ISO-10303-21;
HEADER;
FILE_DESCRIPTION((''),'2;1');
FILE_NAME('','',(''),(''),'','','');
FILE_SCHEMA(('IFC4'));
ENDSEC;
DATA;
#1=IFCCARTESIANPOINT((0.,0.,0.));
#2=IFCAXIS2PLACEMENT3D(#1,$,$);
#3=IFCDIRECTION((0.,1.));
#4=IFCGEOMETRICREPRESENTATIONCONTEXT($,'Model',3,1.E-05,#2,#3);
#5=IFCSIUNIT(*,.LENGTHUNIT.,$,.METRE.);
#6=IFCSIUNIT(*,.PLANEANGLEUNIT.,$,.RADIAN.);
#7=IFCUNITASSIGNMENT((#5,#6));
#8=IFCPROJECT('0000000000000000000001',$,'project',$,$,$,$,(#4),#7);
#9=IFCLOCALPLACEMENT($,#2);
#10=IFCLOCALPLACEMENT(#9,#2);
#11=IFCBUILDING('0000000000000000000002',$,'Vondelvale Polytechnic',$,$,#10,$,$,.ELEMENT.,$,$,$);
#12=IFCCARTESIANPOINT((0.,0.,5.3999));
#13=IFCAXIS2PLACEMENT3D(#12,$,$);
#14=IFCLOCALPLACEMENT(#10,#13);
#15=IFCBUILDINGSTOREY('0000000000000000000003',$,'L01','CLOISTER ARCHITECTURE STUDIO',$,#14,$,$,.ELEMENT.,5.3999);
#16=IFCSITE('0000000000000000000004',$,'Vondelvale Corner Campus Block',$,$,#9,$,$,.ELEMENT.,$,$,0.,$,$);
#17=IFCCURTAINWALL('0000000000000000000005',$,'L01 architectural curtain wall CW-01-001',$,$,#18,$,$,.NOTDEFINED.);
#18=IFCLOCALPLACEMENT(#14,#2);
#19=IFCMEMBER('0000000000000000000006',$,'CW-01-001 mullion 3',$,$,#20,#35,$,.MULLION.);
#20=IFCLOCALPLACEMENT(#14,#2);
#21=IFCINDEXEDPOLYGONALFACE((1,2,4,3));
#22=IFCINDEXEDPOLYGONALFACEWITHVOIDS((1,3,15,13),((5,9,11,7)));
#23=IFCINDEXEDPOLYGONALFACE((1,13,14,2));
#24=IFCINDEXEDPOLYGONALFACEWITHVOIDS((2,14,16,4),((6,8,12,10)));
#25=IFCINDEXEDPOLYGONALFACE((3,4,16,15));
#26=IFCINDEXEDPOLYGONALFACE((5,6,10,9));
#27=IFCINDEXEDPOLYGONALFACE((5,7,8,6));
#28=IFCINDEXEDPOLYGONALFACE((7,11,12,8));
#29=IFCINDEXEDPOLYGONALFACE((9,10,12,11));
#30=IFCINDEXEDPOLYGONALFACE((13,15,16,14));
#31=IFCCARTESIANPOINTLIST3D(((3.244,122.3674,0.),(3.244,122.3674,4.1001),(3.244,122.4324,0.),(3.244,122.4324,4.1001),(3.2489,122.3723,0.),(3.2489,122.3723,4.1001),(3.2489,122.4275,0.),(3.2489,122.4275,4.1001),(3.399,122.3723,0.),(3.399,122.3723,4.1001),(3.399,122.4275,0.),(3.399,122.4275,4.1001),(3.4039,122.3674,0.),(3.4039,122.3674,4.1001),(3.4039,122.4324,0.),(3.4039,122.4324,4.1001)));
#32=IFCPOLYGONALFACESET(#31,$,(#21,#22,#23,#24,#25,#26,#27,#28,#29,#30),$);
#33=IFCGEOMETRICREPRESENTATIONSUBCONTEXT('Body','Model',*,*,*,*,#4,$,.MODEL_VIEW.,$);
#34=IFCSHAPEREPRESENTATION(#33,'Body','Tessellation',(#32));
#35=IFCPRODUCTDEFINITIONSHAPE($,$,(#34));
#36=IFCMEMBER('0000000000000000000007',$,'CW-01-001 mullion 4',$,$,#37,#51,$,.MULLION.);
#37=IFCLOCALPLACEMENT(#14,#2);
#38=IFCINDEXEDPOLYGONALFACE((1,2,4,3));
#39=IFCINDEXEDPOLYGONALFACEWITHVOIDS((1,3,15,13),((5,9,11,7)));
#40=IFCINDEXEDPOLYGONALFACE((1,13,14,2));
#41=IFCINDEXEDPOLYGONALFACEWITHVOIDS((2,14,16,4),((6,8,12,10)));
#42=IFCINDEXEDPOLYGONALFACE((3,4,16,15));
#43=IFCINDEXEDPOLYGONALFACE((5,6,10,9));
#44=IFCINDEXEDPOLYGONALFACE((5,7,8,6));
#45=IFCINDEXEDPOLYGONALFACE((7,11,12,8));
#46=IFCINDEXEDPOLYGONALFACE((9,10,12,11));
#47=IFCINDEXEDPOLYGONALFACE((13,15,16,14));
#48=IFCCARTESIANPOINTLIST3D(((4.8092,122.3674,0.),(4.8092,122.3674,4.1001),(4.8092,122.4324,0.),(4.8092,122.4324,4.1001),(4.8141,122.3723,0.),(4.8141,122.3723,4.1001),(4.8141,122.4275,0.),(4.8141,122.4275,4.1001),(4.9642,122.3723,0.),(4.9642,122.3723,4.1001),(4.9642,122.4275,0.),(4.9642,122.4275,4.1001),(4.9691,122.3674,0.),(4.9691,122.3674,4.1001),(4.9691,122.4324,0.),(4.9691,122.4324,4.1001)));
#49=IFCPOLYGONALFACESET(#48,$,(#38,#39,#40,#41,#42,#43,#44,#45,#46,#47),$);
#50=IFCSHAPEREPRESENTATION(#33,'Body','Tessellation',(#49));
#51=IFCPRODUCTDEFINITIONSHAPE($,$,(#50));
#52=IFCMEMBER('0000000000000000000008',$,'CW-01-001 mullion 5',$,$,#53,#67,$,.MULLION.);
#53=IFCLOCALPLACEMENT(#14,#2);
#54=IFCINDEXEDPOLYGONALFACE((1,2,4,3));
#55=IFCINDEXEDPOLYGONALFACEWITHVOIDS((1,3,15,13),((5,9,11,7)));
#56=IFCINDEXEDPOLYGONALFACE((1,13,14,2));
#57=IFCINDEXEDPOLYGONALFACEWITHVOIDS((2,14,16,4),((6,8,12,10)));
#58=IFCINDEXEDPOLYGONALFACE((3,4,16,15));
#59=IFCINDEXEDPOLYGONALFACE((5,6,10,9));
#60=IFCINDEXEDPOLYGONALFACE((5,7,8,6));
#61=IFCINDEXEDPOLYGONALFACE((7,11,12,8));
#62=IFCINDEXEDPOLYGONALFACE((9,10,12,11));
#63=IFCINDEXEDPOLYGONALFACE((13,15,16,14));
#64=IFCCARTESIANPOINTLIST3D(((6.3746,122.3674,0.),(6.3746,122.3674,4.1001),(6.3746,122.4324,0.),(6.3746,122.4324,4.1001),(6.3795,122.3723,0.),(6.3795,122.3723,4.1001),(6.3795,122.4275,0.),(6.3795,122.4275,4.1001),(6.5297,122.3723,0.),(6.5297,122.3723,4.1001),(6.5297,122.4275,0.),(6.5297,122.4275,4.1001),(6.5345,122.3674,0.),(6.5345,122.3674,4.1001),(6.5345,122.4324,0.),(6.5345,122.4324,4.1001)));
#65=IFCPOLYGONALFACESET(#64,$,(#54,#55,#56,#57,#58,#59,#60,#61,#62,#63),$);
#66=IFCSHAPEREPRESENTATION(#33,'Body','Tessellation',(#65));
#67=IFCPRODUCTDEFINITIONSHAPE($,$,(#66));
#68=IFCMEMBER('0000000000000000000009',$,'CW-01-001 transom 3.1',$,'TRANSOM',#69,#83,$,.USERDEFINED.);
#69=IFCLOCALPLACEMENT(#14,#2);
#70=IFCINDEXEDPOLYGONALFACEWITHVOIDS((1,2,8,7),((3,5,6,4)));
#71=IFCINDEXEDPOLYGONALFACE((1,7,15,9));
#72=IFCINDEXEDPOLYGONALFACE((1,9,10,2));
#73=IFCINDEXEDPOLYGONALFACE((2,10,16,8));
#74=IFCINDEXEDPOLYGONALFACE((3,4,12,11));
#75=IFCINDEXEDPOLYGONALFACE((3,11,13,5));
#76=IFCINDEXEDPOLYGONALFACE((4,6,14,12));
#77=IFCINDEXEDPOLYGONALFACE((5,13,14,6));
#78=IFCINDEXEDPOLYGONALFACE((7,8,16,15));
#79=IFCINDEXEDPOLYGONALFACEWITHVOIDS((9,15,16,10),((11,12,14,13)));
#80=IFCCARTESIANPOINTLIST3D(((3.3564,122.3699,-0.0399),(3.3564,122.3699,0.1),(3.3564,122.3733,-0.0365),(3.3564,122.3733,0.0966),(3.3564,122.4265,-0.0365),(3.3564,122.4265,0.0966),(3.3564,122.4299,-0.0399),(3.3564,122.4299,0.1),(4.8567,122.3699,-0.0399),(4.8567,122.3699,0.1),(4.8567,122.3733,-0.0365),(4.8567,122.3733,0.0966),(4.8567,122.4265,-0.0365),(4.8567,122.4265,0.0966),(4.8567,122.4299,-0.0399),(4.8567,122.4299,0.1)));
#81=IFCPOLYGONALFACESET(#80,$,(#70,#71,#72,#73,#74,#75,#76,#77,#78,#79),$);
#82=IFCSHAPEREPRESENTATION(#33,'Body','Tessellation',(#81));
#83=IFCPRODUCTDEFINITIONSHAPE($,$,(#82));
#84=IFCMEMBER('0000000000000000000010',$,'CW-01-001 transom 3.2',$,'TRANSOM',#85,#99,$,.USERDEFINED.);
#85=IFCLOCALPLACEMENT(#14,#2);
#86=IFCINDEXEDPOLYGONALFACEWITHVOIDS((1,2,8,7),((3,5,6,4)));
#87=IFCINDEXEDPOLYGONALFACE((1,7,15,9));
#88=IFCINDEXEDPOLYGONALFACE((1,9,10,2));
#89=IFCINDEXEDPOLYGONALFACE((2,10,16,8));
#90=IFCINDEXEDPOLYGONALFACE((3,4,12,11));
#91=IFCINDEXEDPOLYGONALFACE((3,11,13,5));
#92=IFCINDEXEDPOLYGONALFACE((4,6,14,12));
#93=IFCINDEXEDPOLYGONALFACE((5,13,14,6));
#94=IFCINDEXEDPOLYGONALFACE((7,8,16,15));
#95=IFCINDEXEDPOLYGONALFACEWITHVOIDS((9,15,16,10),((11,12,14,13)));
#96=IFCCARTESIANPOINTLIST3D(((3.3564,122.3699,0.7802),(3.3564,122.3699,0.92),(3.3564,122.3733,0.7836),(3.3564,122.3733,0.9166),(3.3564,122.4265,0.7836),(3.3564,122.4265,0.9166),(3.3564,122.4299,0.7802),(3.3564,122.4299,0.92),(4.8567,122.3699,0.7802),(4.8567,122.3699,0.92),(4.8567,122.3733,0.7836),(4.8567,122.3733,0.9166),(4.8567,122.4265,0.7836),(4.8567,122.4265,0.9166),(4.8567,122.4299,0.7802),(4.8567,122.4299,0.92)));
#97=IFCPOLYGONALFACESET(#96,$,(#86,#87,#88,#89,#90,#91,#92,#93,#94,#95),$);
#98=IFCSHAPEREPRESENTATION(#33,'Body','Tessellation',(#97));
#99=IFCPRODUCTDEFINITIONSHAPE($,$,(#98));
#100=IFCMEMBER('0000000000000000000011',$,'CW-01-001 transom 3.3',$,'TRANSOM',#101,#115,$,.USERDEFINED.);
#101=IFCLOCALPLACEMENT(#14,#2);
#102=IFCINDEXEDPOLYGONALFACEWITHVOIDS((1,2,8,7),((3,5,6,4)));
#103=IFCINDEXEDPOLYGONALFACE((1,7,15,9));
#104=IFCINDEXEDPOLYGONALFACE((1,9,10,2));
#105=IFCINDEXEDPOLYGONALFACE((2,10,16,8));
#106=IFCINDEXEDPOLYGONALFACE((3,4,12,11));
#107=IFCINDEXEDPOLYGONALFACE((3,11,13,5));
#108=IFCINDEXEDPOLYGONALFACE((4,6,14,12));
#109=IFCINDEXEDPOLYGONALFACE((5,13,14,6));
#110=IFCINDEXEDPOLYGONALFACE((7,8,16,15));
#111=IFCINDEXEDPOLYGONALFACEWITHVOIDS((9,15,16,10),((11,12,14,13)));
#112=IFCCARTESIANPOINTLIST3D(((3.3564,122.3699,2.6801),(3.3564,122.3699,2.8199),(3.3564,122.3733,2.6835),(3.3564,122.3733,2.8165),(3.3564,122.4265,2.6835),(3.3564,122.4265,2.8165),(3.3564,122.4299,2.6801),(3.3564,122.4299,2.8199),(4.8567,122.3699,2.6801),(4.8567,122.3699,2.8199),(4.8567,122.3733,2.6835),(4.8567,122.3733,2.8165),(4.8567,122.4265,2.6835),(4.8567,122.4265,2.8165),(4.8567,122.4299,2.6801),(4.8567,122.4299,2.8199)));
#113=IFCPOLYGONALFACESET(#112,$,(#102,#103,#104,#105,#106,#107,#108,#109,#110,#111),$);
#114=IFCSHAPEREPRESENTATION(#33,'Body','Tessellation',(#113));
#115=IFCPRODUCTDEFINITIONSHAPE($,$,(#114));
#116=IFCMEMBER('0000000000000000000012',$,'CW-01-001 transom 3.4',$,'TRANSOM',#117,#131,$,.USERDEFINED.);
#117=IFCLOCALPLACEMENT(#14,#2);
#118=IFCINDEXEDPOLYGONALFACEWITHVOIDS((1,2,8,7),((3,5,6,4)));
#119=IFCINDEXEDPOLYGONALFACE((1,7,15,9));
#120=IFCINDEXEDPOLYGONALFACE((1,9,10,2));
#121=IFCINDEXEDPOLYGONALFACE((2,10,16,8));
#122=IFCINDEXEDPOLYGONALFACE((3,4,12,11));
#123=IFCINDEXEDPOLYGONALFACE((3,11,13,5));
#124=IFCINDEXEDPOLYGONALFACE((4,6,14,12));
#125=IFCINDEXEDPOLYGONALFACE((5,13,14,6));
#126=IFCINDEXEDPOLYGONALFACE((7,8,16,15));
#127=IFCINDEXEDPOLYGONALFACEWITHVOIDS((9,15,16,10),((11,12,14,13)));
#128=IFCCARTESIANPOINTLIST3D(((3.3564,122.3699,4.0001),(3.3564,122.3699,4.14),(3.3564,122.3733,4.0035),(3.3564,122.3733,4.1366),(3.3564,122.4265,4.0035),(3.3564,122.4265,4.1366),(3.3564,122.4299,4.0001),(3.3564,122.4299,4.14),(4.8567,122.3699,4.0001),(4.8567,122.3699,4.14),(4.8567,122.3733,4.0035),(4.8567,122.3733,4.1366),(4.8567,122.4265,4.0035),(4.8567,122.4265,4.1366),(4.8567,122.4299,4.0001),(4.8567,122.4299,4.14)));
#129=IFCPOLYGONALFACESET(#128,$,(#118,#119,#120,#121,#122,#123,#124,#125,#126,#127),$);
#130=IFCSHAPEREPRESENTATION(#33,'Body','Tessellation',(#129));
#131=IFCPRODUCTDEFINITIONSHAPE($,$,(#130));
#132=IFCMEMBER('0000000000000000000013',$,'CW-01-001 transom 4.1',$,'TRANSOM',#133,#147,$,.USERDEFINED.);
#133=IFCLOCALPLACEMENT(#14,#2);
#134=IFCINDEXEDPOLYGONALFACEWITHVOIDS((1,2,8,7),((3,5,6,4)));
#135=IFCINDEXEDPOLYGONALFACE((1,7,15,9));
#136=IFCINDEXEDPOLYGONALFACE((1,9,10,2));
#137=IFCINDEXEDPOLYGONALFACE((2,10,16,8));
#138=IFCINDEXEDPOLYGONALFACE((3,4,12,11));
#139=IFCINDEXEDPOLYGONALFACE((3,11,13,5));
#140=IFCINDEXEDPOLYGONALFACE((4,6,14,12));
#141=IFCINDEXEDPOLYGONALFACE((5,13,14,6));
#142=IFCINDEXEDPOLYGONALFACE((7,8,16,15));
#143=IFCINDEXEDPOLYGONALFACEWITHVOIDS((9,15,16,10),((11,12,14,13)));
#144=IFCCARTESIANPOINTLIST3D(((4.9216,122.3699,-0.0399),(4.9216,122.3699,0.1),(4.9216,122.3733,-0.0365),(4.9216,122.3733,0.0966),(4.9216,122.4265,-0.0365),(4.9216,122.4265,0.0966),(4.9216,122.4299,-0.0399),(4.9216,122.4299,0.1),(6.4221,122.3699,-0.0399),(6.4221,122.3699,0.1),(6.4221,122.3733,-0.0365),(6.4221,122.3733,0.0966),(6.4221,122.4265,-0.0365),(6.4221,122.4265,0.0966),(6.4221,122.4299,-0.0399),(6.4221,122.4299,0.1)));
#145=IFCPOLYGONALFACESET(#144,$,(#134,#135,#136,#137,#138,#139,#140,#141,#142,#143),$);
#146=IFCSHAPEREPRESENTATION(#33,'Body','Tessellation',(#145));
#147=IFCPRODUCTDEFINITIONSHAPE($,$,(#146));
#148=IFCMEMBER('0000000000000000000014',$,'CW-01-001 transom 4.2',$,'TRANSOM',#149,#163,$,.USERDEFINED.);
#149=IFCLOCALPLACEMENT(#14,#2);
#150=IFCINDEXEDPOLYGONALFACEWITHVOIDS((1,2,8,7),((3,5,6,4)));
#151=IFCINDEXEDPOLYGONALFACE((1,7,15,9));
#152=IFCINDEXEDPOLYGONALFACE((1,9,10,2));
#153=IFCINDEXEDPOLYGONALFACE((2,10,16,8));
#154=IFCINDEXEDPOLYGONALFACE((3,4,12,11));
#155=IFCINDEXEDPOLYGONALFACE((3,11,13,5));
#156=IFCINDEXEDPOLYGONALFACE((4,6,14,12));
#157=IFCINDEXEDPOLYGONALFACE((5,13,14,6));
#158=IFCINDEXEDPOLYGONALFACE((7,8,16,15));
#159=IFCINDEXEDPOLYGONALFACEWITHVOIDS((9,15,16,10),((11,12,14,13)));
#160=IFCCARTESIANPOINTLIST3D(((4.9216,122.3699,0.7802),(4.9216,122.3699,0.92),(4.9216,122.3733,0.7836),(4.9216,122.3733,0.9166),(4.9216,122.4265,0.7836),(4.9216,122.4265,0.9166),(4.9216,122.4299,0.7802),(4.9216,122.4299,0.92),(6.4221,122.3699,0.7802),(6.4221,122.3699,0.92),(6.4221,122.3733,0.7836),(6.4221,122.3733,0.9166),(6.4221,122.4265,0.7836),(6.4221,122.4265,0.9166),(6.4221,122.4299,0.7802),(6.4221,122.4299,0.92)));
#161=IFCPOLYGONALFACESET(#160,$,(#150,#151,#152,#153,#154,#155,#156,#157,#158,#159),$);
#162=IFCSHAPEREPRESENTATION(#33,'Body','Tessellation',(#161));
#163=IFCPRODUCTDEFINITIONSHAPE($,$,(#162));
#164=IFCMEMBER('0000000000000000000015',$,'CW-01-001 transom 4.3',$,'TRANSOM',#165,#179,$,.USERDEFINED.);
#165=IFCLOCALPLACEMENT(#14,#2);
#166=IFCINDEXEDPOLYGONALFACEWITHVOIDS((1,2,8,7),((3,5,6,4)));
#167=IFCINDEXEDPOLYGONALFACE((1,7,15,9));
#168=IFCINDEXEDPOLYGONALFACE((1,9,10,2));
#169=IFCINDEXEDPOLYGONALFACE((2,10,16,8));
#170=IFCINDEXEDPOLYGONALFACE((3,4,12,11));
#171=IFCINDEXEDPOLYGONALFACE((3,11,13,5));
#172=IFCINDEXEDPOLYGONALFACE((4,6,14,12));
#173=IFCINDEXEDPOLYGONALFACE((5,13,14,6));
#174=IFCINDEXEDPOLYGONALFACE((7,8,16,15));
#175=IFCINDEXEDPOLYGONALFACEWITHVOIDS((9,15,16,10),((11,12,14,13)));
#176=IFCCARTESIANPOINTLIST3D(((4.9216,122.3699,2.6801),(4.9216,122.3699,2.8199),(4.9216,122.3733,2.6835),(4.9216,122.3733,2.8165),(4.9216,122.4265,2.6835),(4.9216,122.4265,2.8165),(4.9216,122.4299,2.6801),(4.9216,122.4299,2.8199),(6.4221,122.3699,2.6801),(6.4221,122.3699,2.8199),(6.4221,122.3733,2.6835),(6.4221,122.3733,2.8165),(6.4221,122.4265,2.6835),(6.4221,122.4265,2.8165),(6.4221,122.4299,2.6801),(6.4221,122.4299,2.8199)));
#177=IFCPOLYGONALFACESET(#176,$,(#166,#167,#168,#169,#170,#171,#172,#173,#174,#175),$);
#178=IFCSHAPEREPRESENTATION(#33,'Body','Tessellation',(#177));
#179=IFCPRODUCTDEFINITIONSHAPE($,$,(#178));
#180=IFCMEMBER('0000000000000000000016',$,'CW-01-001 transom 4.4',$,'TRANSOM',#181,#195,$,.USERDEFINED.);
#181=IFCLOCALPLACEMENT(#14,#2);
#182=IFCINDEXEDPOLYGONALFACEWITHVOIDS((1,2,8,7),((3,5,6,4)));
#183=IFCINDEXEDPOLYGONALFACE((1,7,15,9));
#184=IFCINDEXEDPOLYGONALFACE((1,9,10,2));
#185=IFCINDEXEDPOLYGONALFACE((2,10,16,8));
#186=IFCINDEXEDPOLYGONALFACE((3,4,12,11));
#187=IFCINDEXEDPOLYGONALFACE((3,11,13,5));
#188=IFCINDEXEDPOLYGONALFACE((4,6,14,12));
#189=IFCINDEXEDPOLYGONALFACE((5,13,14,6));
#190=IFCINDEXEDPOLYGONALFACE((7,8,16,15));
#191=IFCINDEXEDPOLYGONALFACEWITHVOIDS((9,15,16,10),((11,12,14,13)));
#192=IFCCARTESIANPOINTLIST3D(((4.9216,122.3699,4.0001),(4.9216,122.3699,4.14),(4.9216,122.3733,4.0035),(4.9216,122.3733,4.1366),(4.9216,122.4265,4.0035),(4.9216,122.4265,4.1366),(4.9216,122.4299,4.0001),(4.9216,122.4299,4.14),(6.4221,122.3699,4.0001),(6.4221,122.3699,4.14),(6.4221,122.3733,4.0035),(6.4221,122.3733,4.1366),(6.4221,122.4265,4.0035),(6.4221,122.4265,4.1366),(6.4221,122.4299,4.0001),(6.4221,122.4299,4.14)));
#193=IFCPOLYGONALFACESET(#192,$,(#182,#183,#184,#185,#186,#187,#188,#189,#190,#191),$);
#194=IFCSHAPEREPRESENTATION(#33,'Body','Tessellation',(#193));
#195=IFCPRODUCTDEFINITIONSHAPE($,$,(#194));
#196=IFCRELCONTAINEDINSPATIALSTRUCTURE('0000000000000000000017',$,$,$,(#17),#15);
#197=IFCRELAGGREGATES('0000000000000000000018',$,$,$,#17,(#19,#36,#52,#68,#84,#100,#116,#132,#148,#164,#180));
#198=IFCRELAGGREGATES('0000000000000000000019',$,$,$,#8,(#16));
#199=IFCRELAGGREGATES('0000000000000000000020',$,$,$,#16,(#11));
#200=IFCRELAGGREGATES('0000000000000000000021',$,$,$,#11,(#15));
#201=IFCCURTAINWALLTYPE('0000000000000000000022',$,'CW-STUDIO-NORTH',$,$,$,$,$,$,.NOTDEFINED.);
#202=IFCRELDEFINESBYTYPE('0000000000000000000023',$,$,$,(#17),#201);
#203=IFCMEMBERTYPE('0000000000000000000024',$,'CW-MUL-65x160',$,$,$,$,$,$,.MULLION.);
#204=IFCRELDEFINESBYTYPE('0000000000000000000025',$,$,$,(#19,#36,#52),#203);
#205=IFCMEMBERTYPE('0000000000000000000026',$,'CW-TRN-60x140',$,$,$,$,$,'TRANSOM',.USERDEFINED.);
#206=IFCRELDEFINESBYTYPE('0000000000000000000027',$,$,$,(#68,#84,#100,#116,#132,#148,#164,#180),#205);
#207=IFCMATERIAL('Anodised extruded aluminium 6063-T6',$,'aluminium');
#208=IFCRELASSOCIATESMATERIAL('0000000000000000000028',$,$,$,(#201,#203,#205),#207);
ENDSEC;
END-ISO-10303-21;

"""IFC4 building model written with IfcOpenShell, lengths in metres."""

from ifc_helpers import new_model, si_unit, direction, frame, origin, origin_2d, place, context, subcontext, project, spatial, hollow_rectangle, extrude, material, material_profile, profile_set, type_object, element, aggregate, save


model = new_model("IFC4")

# Units and contexts
model_context = context("Model", 3, precision=1e-05, world=origin(), true_north=direction((0.0, 1.0)))
body_context = subcontext(model_context, "Body", "Model", "MODEL_VIEW")
ifc_project = project(units=[si_unit("LENGTHUNIT", "METRE"), si_unit("PLANEANGLEUNIT", "RADIAN")], contexts=[model_context])

# Site, building, storey
site_placement = place(None, origin())
site = spatial("IfcSite", under=ifc_project, at=site_placement, Name="Vondelvale Corner Campus Block", CompositionType="ELEMENT", RefElevation=0.0)
building_placement = place(site_placement, origin())
building = spatial("IfcBuilding", under=site, at=building_placement, Name="Vondelvale Polytechnic", CompositionType="ELEMENT")
storey_placement = place(building_placement, frame((0.0, 0.0, 5.3999)))
storey = spatial("IfcBuildingStorey", under=building, at=storey_placement, Name="L01", Description="CLOISTER ARCHITECTURE STUDIO", CompositionType="ELEMENT", Elevation=5.3999)

# Curtain wall, members
ifc_material_1 = material(Name="Anodised extruded aluminium 6063-T6", Category="aluminium")
curtain_wall_type = type_object("IfcCurtainWallType", Name="CW-STUDIO-NORTH", PredefinedType="NOTDEFINED", material=ifc_material_1)
curtain_wall_placement = place(storey_placement, origin())
curtain_wall = element("IfcCurtainWall", 1, at=curtain_wall_placement, inside=storey, type_object=curtain_wall_type, Name="L01 architectural curtain wall CW-01-001", PredefinedType="NOTDEFINED")
ifc_material_profile_1 = material_profile(ifc_material_1, hollow_rectangle(XDim=0.0649, YDim=0.1599, WallThickness=0.0049, at=origin_2d()), Name="CW-MUL-160x65")
ifc_profile_set_1 = profile_set([ifc_material_profile_1], Name="Anodised extruded aluminium 6063-T6")
member_type_1 = type_object("IfcMemberType", Name="CW-MUL-65x160", PredefinedType="MULLION", material=ifc_profile_set_1)
member_1_placement = place(storey_placement, frame((3.324, 122.3999, 0.0), z_axis=(0.0, 0.0, 1.0), x_axis=(0.0, 1.0, 0.0)))
member_1 = element("IfcMember", 2, at=member_1_placement, type_object=member_type_1, Name="CW-01-001 mullion 3", PredefinedType="MULLION", context=body_context, shape_type="SweptSolid", body=[
    extrude(hollow_rectangle(XDim=0.0649, YDim=0.1599, WallThickness=0.0049, at=origin_2d()), origin(), (0.0, 0.0, 1.0), 4.1001),
])
member_2_placement = place(storey_placement, frame((4.8892, 122.3999, 0.0), z_axis=(0.0, 0.0, 1.0), x_axis=(0.0, 1.0, 0.0)))
member_2 = element("IfcMember", 3, at=member_2_placement, type_object=member_type_1, Name="CW-01-001 mullion 4", PredefinedType="MULLION", context=body_context, shape_type="SweptSolid", body=[
    extrude(hollow_rectangle(XDim=0.0649, YDim=0.1599, WallThickness=0.0049, at=origin_2d()), origin(), (0.0, 0.0, 1.0), 4.1001),
])
member_3_placement = place(storey_placement, frame((6.4546, 122.3999, 0.0), z_axis=(0.0, 0.0, 1.0), x_axis=(0.0, 1.0, 0.0)))
member_3 = element("IfcMember", 4, at=member_3_placement, type_object=member_type_1, Name="CW-01-001 mullion 5", PredefinedType="MULLION", context=body_context, shape_type="SweptSolid", body=[
    extrude(hollow_rectangle(XDim=0.0649, YDim=0.1599, WallThickness=0.0049, at=origin_2d()), origin(), (0.0, 0.0, 1.0), 4.1001),
])
ifc_material_profile_2 = material_profile(ifc_material_1, hollow_rectangle(XDim=0.0601, YDim=0.1399, WallThickness=0.0034, at=origin_2d()), Name="CW-TRN-140x60")
ifc_profile_set_2 = profile_set([ifc_material_profile_2], Name="Anodised extruded aluminium 6063-T6")
member_type_2 = type_object("IfcMemberType", Name="CW-TRN-60x140", ElementType="TRANSOM", PredefinedType="USERDEFINED", material=ifc_profile_set_2)
member_4_placement = place(storey_placement, frame((3.3564, 122.3999, 0.03), z_axis=(1.0, 0.0, 0.0), x_axis=(0.0, 1.0, 0.0)))
member_4 = element("IfcMember", 5, at=member_4_placement, type_object=member_type_2, Name="CW-01-001 transom 3.1", ObjectType="TRANSOM", PredefinedType="USERDEFINED", context=body_context, shape_type="SweptSolid", body=[
    extrude(hollow_rectangle(XDim=0.0601, YDim=0.1399, WallThickness=0.0034, at=origin_2d()), origin(), (0.0, 0.0, 1.0), 1.5002),
])
member_5_placement = place(storey_placement, frame((3.3564, 122.3999, 0.8501), z_axis=(1.0, 0.0, 0.0), x_axis=(0.0, 1.0, 0.0)))
member_5 = element("IfcMember", 6, at=member_5_placement, type_object=member_type_2, Name="CW-01-001 transom 3.2", ObjectType="TRANSOM", PredefinedType="USERDEFINED", context=body_context, shape_type="SweptSolid", body=[
    extrude(hollow_rectangle(XDim=0.0601, YDim=0.1399, WallThickness=0.0034, at=origin_2d()), origin(), (0.0, 0.0, 1.0), 1.5002),
])
member_6_placement = place(storey_placement, frame((3.3564, 122.3999, 2.75), z_axis=(1.0, 0.0, 0.0), x_axis=(0.0, 1.0, 0.0)))
member_6 = element("IfcMember", 7, at=member_6_placement, type_object=member_type_2, Name="CW-01-001 transom 3.3", ObjectType="TRANSOM", PredefinedType="USERDEFINED", context=body_context, shape_type="SweptSolid", body=[
    extrude(hollow_rectangle(XDim=0.0601, YDim=0.1399, WallThickness=0.0034, at=origin_2d()), origin(), (0.0, 0.0, 1.0), 1.5002),
])
member_7_placement = place(storey_placement, frame((3.3564, 122.3999, 4.0701), z_axis=(1.0, 0.0, 0.0), x_axis=(0.0, 1.0, 0.0)))
member_7 = element("IfcMember", 8, at=member_7_placement, type_object=member_type_2, Name="CW-01-001 transom 3.4", ObjectType="TRANSOM", PredefinedType="USERDEFINED", context=body_context, shape_type="SweptSolid", body=[
    extrude(hollow_rectangle(XDim=0.0601, YDim=0.1399, WallThickness=0.0034, at=origin_2d()), origin(), (0.0, 0.0, 1.0), 1.5002),
])
member_8_placement = place(storey_placement, frame((4.9216, 122.3999, 0.03), z_axis=(1.0, 0.0, 0.0), x_axis=(0.0, 1.0, 0.0)))
member_8 = element("IfcMember", 9, at=member_8_placement, type_object=member_type_2, Name="CW-01-001 transom 4.1", ObjectType="TRANSOM", PredefinedType="USERDEFINED", context=body_context, shape_type="SweptSolid", body=[
    extrude(hollow_rectangle(XDim=0.0601, YDim=0.1399, WallThickness=0.0034, at=origin_2d()), origin(), (0.0, 0.0, 1.0), 1.5005),
])
member_9_placement = place(storey_placement, frame((4.9216, 122.3999, 0.8501), z_axis=(1.0, 0.0, 0.0), x_axis=(0.0, 1.0, 0.0)))
member_9 = element("IfcMember", 10, at=member_9_placement, type_object=member_type_2, Name="CW-01-001 transom 4.2", ObjectType="TRANSOM", PredefinedType="USERDEFINED", context=body_context, shape_type="SweptSolid", body=[
    extrude(hollow_rectangle(XDim=0.0601, YDim=0.1399, WallThickness=0.0034, at=origin_2d()), origin(), (0.0, 0.0, 1.0), 1.5005),
])
member_10_placement = place(storey_placement, frame((4.9216, 122.3999, 2.75), z_axis=(1.0, 0.0, 0.0), x_axis=(0.0, 1.0, 0.0)))
member_10 = element("IfcMember", 11, at=member_10_placement, type_object=member_type_2, Name="CW-01-001 transom 4.3", ObjectType="TRANSOM", PredefinedType="USERDEFINED", context=body_context, shape_type="SweptSolid", body=[
    extrude(hollow_rectangle(XDim=0.0601, YDim=0.1399, WallThickness=0.0034, at=origin_2d()), origin(), (0.0, 0.0, 1.0), 1.5005),
])
member_11_placement = place(storey_placement, frame((4.9216, 122.3999, 4.0701), z_axis=(1.0, 0.0, 0.0), x_axis=(0.0, 1.0, 0.0)))
member_11 = element("IfcMember", 12, at=member_11_placement, type_object=member_type_2, Name="CW-01-001 transom 4.4", ObjectType="TRANSOM", PredefinedType="USERDEFINED", context=body_context, shape_type="SweptSolid", body=[
    extrude(hollow_rectangle(XDim=0.0601, YDim=0.1399, WallThickness=0.0034, at=origin_2d()), origin(), (0.0, 0.0, 1.0), 1.5005),
])
aggregate(curtain_wall, [member_1, member_2, member_3, member_4, member_5, member_6, member_7, member_8, member_9, member_10, member_11])

save(model, "model.ifc")
